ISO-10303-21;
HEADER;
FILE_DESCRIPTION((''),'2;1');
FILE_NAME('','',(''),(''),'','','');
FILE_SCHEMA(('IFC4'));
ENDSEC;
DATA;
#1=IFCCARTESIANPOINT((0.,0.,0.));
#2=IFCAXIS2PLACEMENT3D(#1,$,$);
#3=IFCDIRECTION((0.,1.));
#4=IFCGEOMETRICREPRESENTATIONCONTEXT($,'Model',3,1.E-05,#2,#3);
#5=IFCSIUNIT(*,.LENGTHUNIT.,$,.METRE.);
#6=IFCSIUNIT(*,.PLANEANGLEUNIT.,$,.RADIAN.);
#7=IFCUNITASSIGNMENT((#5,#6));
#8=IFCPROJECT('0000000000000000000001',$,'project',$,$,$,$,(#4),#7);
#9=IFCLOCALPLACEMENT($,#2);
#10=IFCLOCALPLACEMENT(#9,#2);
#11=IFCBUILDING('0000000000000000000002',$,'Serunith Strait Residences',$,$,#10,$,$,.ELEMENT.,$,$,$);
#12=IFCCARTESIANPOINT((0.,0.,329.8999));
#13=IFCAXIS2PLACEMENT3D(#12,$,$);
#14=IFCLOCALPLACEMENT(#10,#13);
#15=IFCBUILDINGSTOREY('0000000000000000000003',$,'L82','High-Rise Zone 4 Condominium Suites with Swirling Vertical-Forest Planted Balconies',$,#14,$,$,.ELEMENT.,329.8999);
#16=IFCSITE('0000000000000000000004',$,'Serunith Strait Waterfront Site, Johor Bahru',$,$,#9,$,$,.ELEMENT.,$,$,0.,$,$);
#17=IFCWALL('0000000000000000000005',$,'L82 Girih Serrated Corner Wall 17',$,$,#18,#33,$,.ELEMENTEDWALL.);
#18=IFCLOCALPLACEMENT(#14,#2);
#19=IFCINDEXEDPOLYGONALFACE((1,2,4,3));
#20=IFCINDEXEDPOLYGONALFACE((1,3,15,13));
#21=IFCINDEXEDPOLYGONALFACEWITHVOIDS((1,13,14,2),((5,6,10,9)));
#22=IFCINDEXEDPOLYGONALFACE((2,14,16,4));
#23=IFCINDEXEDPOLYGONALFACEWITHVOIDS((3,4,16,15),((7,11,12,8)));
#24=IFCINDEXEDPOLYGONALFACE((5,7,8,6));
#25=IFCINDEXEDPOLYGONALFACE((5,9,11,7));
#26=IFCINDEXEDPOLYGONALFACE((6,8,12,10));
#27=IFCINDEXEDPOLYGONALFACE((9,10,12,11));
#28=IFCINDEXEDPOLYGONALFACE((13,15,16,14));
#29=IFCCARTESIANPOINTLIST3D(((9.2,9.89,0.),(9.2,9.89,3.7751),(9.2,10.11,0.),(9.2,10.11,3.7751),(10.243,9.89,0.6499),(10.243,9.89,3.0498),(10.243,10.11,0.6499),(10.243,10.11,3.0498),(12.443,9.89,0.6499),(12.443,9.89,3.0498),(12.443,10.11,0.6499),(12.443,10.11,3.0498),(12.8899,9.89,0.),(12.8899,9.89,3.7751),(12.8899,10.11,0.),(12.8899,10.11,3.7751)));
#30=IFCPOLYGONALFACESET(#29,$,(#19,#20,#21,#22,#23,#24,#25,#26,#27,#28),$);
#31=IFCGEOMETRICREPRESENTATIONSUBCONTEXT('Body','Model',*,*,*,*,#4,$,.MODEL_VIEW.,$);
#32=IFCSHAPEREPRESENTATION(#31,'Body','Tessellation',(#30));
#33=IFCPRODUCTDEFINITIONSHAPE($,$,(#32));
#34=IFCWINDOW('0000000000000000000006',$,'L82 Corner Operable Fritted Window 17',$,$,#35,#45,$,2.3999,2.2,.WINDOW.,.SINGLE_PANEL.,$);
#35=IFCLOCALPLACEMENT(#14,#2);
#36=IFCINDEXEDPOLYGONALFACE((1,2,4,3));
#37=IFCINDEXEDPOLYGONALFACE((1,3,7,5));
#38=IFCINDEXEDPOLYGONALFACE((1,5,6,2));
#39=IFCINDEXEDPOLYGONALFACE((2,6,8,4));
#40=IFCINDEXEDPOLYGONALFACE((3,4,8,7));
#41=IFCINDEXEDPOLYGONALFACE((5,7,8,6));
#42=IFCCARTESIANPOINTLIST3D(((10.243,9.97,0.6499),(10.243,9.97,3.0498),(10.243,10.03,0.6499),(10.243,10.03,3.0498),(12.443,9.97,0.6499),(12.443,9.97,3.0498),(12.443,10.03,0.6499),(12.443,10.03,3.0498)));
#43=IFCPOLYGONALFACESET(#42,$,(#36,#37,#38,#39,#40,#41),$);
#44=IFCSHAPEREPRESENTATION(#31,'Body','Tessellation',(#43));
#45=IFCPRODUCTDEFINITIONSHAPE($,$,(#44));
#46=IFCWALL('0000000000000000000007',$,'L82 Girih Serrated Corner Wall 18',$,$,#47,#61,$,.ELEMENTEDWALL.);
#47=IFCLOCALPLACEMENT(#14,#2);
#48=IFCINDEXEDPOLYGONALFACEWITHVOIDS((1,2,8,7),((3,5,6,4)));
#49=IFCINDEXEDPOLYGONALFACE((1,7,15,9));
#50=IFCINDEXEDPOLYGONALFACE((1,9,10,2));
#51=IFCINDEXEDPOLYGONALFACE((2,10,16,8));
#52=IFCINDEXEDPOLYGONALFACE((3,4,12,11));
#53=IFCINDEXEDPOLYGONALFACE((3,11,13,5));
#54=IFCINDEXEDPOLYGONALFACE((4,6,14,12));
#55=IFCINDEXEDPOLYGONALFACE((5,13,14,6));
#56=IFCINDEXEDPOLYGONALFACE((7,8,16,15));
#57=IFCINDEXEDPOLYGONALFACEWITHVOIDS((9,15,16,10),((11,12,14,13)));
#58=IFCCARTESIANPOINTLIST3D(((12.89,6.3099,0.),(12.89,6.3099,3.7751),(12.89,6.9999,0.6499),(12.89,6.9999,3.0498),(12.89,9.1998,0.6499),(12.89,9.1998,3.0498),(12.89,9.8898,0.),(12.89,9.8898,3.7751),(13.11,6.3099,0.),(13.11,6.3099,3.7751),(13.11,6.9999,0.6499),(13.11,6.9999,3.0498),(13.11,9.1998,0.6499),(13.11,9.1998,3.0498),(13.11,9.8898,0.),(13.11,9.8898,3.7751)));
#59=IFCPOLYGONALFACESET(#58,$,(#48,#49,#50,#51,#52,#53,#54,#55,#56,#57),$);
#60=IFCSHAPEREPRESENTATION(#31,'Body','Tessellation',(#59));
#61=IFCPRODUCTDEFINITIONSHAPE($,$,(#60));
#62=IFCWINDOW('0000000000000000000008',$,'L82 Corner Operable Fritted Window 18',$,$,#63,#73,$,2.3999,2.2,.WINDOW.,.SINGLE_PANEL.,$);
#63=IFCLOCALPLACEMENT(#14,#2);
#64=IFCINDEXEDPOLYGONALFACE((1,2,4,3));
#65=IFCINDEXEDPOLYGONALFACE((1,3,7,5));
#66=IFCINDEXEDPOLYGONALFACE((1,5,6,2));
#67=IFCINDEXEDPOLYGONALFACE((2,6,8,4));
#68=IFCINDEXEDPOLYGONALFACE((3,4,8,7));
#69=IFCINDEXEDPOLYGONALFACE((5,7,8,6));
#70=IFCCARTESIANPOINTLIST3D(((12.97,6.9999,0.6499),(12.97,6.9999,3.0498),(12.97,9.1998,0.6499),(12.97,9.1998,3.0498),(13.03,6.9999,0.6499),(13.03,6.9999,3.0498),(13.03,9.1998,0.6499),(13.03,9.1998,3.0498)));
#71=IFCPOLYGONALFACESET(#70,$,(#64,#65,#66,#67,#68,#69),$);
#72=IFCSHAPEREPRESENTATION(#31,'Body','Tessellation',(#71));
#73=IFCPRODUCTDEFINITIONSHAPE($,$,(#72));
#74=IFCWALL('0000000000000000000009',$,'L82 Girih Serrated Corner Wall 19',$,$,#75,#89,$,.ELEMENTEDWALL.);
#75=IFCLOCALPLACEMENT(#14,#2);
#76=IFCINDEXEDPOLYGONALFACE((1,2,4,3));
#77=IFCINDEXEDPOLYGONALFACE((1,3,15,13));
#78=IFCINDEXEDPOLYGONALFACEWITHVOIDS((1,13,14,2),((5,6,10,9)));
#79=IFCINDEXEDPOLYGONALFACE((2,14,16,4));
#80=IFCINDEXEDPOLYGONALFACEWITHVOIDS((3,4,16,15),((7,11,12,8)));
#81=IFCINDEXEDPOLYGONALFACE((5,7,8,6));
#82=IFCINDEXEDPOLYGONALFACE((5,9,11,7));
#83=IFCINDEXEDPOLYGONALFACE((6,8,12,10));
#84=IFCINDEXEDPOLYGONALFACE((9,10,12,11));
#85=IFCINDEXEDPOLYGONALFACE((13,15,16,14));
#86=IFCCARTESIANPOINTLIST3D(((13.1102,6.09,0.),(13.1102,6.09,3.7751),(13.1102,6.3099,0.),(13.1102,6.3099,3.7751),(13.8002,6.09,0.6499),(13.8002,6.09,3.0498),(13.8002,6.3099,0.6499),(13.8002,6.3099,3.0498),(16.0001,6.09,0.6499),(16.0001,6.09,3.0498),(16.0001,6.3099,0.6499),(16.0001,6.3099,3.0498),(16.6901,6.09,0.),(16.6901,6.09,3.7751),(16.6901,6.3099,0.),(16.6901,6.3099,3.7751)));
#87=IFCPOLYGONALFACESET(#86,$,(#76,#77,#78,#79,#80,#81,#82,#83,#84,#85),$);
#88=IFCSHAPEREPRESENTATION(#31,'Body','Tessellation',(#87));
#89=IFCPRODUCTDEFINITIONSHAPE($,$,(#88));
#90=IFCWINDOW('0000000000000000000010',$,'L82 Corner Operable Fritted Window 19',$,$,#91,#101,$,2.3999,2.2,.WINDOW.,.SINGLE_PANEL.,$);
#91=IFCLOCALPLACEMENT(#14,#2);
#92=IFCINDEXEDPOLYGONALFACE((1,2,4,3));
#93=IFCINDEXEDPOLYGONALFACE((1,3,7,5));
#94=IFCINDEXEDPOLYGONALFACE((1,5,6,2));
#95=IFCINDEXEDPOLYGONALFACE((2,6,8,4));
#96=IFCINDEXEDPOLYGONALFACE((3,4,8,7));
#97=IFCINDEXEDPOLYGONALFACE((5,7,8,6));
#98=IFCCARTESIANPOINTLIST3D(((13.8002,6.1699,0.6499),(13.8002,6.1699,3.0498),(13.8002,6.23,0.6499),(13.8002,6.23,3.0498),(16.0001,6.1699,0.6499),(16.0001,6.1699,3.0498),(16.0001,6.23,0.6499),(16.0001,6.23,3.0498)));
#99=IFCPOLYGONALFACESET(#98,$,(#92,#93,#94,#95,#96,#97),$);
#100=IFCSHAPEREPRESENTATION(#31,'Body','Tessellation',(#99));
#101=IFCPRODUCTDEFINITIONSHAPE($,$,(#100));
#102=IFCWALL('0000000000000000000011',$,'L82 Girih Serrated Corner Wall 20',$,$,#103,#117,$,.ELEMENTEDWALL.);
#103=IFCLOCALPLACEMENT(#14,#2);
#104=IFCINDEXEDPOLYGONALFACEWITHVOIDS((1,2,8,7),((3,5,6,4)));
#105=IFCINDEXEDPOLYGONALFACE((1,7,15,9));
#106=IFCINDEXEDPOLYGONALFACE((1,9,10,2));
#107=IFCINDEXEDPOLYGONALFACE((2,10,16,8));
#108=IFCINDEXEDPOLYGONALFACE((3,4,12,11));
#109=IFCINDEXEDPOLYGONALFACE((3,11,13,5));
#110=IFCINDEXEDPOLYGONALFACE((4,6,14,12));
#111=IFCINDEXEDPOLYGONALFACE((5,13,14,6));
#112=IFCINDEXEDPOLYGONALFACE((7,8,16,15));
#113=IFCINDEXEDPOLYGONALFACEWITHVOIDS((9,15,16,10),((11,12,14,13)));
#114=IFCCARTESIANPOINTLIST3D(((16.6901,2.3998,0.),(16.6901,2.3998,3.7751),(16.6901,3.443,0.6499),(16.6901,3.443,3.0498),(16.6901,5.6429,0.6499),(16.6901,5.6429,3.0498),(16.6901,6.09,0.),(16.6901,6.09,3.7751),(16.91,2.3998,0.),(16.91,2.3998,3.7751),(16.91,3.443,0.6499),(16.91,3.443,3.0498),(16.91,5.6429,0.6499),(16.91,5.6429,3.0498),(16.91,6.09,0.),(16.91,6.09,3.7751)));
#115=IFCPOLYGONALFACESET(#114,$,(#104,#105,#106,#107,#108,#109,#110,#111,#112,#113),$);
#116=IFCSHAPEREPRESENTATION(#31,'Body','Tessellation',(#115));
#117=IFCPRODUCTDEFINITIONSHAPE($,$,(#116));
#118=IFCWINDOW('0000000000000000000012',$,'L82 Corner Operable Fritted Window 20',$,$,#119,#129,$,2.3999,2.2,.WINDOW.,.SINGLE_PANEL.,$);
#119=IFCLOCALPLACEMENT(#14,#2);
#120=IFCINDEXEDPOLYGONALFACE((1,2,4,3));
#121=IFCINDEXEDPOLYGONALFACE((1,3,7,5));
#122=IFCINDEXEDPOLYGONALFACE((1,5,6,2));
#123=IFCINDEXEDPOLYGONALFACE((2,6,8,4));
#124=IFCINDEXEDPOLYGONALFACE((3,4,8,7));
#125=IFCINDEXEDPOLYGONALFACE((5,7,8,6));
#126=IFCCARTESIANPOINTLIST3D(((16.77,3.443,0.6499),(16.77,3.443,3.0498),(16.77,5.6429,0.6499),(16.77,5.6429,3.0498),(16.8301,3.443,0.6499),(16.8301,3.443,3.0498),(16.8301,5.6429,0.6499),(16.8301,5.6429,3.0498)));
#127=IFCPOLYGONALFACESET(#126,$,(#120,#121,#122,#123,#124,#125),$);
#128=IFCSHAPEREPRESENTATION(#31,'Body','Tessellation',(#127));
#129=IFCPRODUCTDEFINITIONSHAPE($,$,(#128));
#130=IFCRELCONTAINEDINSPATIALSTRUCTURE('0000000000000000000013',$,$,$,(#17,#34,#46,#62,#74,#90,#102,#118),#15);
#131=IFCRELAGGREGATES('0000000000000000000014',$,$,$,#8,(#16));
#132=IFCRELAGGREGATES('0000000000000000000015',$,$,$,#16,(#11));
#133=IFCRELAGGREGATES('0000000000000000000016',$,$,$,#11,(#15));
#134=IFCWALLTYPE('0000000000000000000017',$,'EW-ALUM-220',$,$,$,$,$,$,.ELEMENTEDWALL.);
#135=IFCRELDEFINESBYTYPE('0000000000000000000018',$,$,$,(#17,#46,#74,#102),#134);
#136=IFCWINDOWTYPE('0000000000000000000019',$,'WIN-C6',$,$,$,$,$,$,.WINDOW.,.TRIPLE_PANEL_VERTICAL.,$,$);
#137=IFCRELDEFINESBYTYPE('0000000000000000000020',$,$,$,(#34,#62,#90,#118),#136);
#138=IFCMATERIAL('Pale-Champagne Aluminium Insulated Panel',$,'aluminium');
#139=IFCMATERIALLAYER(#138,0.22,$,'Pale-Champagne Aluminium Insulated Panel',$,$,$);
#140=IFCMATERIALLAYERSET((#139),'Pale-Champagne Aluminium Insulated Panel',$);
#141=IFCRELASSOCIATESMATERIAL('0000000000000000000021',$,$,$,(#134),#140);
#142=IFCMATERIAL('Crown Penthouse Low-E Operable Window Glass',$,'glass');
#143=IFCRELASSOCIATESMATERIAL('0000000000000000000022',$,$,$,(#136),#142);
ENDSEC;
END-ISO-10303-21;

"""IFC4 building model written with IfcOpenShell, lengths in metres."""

from ifc_helpers import new_model, si_unit, direction, frame, frame_2d, origin, place, context, subcontext, project, spatial, rectangle, extrude, source, transform, mapped, material, layer, layer_set, type_object, element, fill, save


model = new_model("IFC4")

# Units and contexts
model_context = context("Model", 3, precision=1e-05, world=origin(), true_north=direction((0.0, 1.0)))
body_context = subcontext(model_context, "Body", "Model", "MODEL_VIEW")
ifc_project = project(units=[si_unit("LENGTHUNIT", "METRE"), si_unit("PLANEANGLEUNIT", "RADIAN")], contexts=[model_context])

# Site, building, storey
site_placement = place(None, origin())
site = spatial("IfcSite", under=ifc_project, at=site_placement, Name="Serunith Strait Waterfront Site, Johor Bahru", CompositionType="ELEMENT", RefElevation=0.0)
building_placement = place(site_placement, origin())
building = spatial("IfcBuilding", under=site, at=building_placement, Name="Serunith Strait Residences", CompositionType="ELEMENT")
storey_placement = place(building_placement, frame((0.0, 0.0, 329.8999)))
storey = spatial("IfcBuildingStorey", under=building, at=storey_placement, Name="L82", Description="High-Rise Zone 4 Condominium Suites with Swirling Vertical-Forest Planted Balconies", CompositionType="ELEMENT", Elevation=329.8999)

# Walls, openings, windows
ifc_material_1 = material(Name="Pale-Champagne Aluminium Insulated Panel", Category="aluminium")
ifc_layer_1 = layer(ifc_material_1, 0.22, Name="Pale-Champagne Aluminium Insulated Panel")
ifc_layer_set_1 = layer_set([ifc_layer_1], Name="Pale-Champagne Aluminium Insulated Panel")
wall_type = type_object("IfcWallType", Name="EW-ALUM-220", PredefinedType="ELEMENTEDWALL", material=ifc_layer_set_1)
wall_1_placement = place(storey_placement, frame((9.2, 10.0, 0.0), z_axis=(0.0, 0.0, 1.0), x_axis=(1.0, 0.0, 0.0)))
wall_1 = element("IfcWall", 1, at=wall_1_placement, inside=storey, type_object=wall_type, Name="L82 Girih Serrated Corner Wall 17", PredefinedType="ELEMENTEDWALL", context=body_context, shape_type="SweptSolid", body=[
    extrude(rectangle(XDim=3.6899, YDim=0.22, at=frame_2d((1.845, 0.0))), origin(), (0.0, 0.0, 1.0), 3.7751),
])
opening_1_placement = place(wall_1_placement, frame((1.043, 0.0, 0.6499)))
opening_1 = element("IfcOpeningElement", 2, at=opening_1_placement, cuts=wall_1, PredefinedType="OPENING", context=body_context, shape_type="SweptSolid", body=[
    extrude(rectangle(XDim=2.2, YDim=2.3999, at=frame_2d((1.1001, 1.2))), frame((0.0, 0.1201, 0.0), z_axis=(0.0, -1.0, 0.0), x_axis=(1.0, 0.0, 0.0)), (0.0, 0.0, 1.0), 0.24),
])
ifc_material_2 = material(Name="Crown Penthouse Low-E Operable Window Glass", Category="glass")
window_type = type_object("IfcWindowType", Name="WIN-C6", PartitioningType="TRIPLE_PANEL_VERTICAL", PredefinedType="WINDOW", material=ifc_material_2)
shared_shape_1 = source(origin(), body_context, "Body", "SweptSolid", [
    extrude(rectangle(XDim=2.2, YDim=2.3999, at=frame_2d((1.1001, 1.2))), frame((0.0, 0.03, 0.0), z_axis=(0.0, -1.0, 0.0), x_axis=(1.0, 0.0, 0.0)), (0.0, 0.0, 1.0), 0.0601),
])
window_1_placement = place(opening_1_placement, origin())
window_1 = element("IfcWindow", 3, at=window_1_placement, inside=storey, type_object=window_type, Name="L82 Corner Operable Fritted Window 17", OverallHeight=2.3999, OverallWidth=2.2, PartitioningType="SINGLE_PANEL", PredefinedType="WINDOW", context=body_context, shape_type="MappedRepresentation", body=[
    mapped(shared_shape_1, transform((0.0, 0.0, 0.0), scale=1.0)),
])
fill(opening_1, window_1)
wall_2_placement = place(storey_placement, frame((13.0, 9.8899, 0.0), z_axis=(0.0, 0.0, 1.0), x_axis=(0.0, -1.0, 0.0)))
wall_2 = element("IfcWall", 4, at=wall_2_placement, inside=storey, type_object=wall_type, Name="L82 Girih Serrated Corner Wall 18", PredefinedType="ELEMENTEDWALL", context=body_context, shape_type="SweptSolid", body=[
    extrude(rectangle(XDim=3.5798, YDim=0.22, at=frame_2d((1.79, 0.0))), origin(), (0.0, 0.0, 1.0), 3.7751),
])
opening_2_placement = place(wall_2_placement, frame((0.6899, 0.0, 0.6499)))
opening_2 = element("IfcOpeningElement", 5, at=opening_2_placement, cuts=wall_2, PredefinedType="OPENING", context=body_context, shape_type="SweptSolid", body=[
    extrude(rectangle(XDim=2.2, YDim=2.3999, at=frame_2d((1.1001, 1.2))), frame((0.0, 0.1201, 0.0), z_axis=(0.0, -1.0, 0.0), x_axis=(1.0, 0.0, 0.0)), (0.0, 0.0, 1.0), 0.24),
])
window_2_placement = place(opening_2_placement, origin())
window_2 = element("IfcWindow", 6, at=window_2_placement, inside=storey, type_object=window_type, Name="L82 Corner Operable Fritted Window 18", OverallHeight=2.3999, OverallWidth=2.2, PartitioningType="SINGLE_PANEL", PredefinedType="WINDOW", context=body_context, shape_type="MappedRepresentation", body=[
    mapped(shared_shape_1, transform((0.0, 0.0, 0.0), scale=1.0)),
])
fill(opening_2, window_2)
wall_3_placement = place(storey_placement, frame((13.1101, 6.2, 0.0), z_axis=(0.0, 0.0, 1.0), x_axis=(1.0, 0.0, 0.0)))
wall_3 = element("IfcWall", 7, at=wall_3_placement, inside=storey, type_object=wall_type, Name="L82 Girih Serrated Corner Wall 19", PredefinedType="ELEMENTEDWALL", context=body_context, shape_type="SweptSolid", body=[
    extrude(rectangle(XDim=3.5798, YDim=0.22, at=frame_2d((1.79, 0.0))), origin(), (0.0, 0.0, 1.0), 3.7751),
])
opening_3_placement = place(wall_3_placement, frame((0.6899, 0.0, 0.6499)))
opening_3 = element("IfcOpeningElement", 8, at=opening_3_placement, cuts=wall_3, PredefinedType="OPENING", context=body_context, shape_type="SweptSolid", body=[
    extrude(rectangle(XDim=2.2, YDim=2.3999, at=frame_2d((1.1001, 1.2))), frame((0.0, 0.1201, 0.0), z_axis=(0.0, -1.0, 0.0), x_axis=(1.0, 0.0, 0.0)), (0.0, 0.0, 1.0), 0.24),
])
window_3_placement = place(opening_3_placement, origin())
window_3 = element("IfcWindow", 9, at=window_3_placement, inside=storey, type_object=window_type, Name="L82 Corner Operable Fritted Window 19", OverallHeight=2.3999, OverallWidth=2.2, PartitioningType="SINGLE_PANEL", PredefinedType="WINDOW", context=body_context, shape_type="MappedRepresentation", body=[
    mapped(shared_shape_1, transform((0.0, 0.0, 0.0), scale=1.0)),
])
fill(opening_3, window_3)
wall_4_placement = place(storey_placement, frame((16.8, 6.0901, 0.0), z_axis=(0.0, 0.0, 1.0), x_axis=(0.0, -1.0, 0.0)))
wall_4 = element("IfcWall", 10, at=wall_4_placement, inside=storey, type_object=wall_type, Name="L82 Girih Serrated Corner Wall 20", PredefinedType="ELEMENTEDWALL", context=body_context, shape_type="SweptSolid", body=[
    extrude(rectangle(XDim=3.6902, YDim=0.22, at=frame_2d((1.8452, 0.0))), origin(), (0.0, 0.0, 1.0), 3.7751),
])
opening_4_placement = place(wall_4_placement, frame((0.447, 0.0, 0.6499)))
opening_4 = element("IfcOpeningElement", 11, at=opening_4_placement, cuts=wall_4, PredefinedType="OPENING", context=body_context, shape_type="SweptSolid", body=[
    extrude(rectangle(XDim=2.2, YDim=2.3999, at=frame_2d((1.1001, 1.2))), frame((0.0, 0.1201, 0.0), z_axis=(0.0, -1.0, 0.0), x_axis=(1.0, 0.0, 0.0)), (0.0, 0.0, 1.0), 0.24),
])
window_4_placement = place(opening_4_placement, origin())
window_4 = element("IfcWindow", 12, at=window_4_placement, inside=storey, type_object=window_type, Name="L82 Corner Operable Fritted Window 20", OverallHeight=2.3999, OverallWidth=2.2, PartitioningType="SINGLE_PANEL", PredefinedType="WINDOW", context=body_context, shape_type="MappedRepresentation", body=[
    mapped(shared_shape_1, transform((0.0, 0.0, 0.0), scale=1.0)),
])
fill(opening_4, window_4)

save(model, "model.ifc")
